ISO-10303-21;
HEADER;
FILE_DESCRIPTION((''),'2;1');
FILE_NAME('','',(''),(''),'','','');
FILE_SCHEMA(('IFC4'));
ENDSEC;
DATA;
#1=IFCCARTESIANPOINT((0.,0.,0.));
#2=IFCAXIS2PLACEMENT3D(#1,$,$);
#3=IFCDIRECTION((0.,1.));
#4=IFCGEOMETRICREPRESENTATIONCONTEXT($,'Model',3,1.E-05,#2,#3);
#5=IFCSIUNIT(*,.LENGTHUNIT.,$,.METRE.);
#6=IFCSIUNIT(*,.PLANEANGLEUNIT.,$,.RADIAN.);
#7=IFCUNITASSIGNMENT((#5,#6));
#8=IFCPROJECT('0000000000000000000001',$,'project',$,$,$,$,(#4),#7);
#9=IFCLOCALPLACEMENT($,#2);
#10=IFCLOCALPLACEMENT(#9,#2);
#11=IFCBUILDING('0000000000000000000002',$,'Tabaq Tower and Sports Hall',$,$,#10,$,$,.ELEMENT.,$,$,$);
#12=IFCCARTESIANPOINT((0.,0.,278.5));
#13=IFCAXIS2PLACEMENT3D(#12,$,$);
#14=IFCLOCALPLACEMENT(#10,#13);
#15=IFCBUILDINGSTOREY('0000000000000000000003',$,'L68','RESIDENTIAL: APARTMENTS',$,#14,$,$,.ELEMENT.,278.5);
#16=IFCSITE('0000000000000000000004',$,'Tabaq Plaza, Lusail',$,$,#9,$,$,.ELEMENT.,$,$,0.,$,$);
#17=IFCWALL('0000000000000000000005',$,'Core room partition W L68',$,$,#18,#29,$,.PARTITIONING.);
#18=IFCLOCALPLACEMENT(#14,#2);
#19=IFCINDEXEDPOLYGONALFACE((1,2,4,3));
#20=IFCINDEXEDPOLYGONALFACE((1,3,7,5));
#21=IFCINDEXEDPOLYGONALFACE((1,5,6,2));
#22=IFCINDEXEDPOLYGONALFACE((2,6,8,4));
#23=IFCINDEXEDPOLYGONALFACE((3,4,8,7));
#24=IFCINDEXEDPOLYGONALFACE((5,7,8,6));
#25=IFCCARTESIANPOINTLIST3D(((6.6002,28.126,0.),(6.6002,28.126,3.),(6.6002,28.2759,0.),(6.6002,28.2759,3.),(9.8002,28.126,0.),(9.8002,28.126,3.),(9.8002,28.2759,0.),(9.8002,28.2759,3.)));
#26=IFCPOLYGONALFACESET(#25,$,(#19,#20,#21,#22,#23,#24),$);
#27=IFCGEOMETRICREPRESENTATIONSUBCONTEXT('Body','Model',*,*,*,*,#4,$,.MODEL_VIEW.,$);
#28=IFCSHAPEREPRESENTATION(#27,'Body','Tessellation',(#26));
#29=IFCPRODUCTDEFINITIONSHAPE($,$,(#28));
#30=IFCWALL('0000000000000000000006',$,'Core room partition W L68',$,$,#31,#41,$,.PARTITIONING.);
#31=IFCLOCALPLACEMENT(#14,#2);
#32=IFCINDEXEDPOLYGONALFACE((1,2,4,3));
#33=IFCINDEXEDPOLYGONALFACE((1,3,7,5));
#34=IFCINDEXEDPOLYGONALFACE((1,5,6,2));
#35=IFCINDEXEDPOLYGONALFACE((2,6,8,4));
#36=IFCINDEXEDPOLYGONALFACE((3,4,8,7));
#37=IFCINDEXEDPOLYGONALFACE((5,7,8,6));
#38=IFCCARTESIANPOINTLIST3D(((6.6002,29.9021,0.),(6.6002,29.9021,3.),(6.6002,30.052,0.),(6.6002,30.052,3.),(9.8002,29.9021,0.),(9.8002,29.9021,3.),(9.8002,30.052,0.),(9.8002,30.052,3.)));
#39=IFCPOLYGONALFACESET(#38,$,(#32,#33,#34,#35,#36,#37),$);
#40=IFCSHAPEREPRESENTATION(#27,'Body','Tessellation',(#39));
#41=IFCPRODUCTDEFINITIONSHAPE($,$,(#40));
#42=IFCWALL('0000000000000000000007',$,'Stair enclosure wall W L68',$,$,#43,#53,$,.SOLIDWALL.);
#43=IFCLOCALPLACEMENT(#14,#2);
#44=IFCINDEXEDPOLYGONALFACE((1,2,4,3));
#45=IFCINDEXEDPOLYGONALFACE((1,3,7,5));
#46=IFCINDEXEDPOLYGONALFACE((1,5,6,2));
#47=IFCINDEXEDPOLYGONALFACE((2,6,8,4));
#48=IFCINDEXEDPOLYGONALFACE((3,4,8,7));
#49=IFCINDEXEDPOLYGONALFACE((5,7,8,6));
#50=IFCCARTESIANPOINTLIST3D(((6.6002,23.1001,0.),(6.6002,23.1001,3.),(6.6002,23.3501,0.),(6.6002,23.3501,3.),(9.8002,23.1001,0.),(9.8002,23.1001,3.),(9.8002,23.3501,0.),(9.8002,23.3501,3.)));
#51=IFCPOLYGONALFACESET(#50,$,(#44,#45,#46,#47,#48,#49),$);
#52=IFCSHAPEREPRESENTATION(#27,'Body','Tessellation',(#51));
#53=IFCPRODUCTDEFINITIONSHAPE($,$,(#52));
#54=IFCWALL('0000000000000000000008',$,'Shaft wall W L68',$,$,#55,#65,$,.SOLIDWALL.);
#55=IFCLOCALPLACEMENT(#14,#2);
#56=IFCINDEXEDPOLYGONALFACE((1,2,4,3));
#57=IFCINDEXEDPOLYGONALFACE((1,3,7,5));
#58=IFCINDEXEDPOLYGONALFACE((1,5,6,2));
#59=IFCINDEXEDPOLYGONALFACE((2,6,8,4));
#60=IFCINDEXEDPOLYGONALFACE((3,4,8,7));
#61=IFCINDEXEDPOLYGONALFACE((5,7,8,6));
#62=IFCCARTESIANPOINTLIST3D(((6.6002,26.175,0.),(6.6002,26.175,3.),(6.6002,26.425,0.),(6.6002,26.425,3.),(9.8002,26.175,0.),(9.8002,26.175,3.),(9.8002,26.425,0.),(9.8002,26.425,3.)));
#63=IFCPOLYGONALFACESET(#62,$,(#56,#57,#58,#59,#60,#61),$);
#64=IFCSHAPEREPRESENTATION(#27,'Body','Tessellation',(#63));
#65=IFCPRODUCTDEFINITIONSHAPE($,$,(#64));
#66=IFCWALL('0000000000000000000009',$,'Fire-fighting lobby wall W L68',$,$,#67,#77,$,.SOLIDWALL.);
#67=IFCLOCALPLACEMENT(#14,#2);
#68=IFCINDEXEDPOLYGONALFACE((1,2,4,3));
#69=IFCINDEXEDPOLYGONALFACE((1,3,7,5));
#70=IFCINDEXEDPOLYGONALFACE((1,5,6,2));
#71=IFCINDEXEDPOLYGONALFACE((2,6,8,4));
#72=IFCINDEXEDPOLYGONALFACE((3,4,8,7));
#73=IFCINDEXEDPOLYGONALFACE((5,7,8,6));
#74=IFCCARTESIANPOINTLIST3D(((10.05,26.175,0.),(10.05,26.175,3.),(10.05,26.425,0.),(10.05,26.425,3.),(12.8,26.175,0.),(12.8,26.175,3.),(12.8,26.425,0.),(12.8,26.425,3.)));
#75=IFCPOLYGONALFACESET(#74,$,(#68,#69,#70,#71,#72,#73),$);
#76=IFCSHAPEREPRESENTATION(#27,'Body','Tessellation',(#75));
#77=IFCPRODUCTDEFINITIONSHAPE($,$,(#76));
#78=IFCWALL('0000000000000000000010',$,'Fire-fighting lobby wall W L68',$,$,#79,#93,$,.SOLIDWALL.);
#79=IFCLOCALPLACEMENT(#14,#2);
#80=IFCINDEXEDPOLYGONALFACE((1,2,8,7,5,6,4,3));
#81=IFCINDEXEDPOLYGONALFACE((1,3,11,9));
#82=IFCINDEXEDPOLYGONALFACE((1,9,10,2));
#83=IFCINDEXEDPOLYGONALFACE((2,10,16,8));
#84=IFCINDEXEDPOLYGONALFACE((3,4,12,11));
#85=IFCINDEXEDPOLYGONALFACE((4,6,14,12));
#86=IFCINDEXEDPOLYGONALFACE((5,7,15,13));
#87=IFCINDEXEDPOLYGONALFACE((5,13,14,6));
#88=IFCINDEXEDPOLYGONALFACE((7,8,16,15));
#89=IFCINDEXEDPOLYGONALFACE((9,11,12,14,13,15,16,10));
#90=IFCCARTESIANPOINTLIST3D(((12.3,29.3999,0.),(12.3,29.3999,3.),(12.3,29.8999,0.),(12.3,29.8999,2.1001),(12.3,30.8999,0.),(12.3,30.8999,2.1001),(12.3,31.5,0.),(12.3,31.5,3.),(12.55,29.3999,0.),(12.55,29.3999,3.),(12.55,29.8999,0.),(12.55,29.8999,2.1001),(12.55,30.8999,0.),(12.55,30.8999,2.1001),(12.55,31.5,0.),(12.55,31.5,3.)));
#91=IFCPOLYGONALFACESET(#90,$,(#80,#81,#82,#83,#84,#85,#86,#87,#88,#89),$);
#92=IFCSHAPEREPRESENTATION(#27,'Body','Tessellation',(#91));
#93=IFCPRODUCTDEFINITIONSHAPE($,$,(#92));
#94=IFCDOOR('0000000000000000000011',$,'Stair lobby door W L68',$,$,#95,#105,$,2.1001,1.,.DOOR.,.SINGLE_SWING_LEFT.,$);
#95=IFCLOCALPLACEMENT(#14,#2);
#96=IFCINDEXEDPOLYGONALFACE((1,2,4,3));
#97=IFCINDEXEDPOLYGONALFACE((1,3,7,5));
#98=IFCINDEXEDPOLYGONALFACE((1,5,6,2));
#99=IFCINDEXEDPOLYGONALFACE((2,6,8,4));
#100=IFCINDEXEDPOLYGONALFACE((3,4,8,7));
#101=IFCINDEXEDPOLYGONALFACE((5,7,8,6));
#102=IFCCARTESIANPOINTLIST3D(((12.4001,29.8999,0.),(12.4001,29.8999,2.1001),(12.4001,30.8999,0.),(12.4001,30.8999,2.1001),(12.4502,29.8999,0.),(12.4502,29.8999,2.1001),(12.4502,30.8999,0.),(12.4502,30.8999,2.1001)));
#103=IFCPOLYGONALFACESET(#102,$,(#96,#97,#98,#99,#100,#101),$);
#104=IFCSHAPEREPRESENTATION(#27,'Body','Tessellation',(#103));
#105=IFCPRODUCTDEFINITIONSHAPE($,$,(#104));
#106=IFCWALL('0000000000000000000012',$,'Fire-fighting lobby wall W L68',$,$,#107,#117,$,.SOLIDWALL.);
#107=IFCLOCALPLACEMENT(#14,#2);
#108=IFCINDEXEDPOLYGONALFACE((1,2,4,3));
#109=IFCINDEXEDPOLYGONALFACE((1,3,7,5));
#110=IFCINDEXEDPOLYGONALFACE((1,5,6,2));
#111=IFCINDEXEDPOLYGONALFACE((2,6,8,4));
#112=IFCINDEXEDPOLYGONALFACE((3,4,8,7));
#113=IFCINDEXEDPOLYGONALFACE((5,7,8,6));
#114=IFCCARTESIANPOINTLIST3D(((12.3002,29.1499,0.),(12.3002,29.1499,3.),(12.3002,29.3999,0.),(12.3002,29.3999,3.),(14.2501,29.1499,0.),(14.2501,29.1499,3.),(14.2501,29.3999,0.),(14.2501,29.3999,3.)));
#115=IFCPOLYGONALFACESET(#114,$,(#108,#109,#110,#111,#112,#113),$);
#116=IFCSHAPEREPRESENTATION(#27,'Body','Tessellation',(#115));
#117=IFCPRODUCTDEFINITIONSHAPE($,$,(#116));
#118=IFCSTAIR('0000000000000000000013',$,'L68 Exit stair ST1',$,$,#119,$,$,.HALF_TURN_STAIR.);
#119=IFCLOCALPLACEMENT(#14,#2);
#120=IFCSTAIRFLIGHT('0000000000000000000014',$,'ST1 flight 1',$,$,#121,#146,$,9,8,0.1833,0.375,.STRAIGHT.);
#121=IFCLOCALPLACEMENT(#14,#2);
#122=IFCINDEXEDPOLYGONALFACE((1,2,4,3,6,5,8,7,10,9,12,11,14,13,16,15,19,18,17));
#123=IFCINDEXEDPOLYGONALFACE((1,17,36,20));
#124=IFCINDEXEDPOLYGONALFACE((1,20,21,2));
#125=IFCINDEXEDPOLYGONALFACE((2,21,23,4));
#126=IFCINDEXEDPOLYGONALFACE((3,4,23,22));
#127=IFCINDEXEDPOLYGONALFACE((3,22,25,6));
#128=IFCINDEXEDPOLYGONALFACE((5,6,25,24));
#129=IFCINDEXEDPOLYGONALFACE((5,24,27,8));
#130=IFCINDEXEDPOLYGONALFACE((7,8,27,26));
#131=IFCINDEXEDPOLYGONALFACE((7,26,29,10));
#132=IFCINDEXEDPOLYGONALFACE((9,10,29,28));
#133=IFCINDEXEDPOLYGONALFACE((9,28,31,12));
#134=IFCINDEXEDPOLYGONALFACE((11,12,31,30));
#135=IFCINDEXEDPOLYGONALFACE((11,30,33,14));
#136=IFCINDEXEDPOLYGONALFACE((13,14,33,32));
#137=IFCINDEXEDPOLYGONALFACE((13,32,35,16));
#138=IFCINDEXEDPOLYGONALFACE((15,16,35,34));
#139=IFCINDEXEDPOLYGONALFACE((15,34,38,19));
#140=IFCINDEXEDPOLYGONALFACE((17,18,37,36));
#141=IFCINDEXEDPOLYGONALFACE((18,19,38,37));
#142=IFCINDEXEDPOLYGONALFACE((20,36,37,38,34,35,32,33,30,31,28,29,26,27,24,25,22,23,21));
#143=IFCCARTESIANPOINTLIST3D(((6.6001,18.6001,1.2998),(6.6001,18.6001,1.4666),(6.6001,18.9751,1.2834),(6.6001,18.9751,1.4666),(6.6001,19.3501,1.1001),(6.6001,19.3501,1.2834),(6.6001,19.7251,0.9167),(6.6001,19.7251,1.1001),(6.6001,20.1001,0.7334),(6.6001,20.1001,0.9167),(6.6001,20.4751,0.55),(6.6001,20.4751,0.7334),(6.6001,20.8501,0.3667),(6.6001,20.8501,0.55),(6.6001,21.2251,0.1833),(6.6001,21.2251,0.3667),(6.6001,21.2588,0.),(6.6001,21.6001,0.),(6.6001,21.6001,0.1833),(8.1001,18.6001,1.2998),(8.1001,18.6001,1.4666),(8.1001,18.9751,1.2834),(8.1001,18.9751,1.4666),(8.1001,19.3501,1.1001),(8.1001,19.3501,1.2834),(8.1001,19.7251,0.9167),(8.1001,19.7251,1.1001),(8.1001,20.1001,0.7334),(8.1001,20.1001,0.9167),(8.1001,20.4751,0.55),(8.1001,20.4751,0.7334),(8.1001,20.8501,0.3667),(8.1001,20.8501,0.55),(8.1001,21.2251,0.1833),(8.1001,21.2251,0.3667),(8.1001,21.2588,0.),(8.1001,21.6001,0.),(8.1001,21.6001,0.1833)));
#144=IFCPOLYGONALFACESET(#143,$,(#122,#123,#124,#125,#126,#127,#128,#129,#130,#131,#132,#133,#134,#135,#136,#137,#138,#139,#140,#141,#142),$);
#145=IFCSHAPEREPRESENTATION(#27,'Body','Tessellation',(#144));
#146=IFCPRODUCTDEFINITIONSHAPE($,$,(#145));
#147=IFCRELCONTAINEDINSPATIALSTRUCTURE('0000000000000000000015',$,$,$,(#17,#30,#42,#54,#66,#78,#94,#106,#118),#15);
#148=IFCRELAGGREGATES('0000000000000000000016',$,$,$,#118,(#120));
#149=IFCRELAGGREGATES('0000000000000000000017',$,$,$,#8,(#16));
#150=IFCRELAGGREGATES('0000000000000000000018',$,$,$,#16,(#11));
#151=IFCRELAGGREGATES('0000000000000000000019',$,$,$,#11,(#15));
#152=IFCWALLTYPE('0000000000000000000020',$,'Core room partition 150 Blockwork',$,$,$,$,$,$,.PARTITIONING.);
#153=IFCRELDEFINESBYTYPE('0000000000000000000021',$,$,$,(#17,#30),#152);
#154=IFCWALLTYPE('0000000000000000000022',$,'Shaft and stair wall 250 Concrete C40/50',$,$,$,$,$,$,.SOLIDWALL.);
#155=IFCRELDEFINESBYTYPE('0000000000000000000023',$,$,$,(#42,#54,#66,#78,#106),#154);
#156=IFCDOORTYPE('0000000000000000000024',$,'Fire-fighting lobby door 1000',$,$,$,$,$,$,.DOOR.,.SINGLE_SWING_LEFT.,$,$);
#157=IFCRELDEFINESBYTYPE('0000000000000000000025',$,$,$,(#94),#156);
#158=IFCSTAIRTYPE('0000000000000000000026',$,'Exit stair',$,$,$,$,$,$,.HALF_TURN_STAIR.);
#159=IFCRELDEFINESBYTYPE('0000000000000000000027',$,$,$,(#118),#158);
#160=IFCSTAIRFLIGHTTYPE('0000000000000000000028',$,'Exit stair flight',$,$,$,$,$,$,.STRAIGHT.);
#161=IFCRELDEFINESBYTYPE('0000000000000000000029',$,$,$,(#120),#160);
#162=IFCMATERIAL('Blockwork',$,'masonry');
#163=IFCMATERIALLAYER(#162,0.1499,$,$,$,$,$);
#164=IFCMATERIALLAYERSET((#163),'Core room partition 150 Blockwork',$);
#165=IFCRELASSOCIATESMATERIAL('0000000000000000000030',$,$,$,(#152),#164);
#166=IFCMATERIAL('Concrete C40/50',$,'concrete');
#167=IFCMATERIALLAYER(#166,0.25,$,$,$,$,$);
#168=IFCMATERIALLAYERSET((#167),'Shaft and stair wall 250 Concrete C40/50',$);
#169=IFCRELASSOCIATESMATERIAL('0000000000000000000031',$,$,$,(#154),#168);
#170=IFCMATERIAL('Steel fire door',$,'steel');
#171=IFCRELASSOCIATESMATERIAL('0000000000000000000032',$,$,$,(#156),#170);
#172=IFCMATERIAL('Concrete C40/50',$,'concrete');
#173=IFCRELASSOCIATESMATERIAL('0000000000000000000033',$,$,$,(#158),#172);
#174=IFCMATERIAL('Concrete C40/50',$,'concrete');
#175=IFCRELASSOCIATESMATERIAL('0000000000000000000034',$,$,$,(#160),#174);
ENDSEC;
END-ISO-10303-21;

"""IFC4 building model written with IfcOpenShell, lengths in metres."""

from ifc_helpers import new_model, si_unit, direction, frame, frame_2d, origin, place, context, subcontext, project, spatial, polyline, rectangle, outline, extrude, material, layer, layer_set, type_object, element, fill, aggregate, save


model = new_model("IFC4")

# Units and contexts
model_context = context("Model", 3, precision=1e-05, world=origin(), true_north=direction((0.0, 1.0)))
body_context = subcontext(model_context, "Body", "Model", "MODEL_VIEW")
ifc_project = project(units=[si_unit("LENGTHUNIT", "METRE"), si_unit("PLANEANGLEUNIT", "RADIAN")], contexts=[model_context])

# Site, building, storey
site_placement = place(None, origin())
site = spatial("IfcSite", under=ifc_project, at=site_placement, Name="Tabaq Plaza, Lusail", CompositionType="ELEMENT", RefElevation=0.0)
building_placement = place(site_placement, origin())
building = spatial("IfcBuilding", under=site, at=building_placement, Name="Tabaq Tower and Sports Hall", CompositionType="ELEMENT")
storey_placement = place(building_placement, frame((0.0, 0.0, 278.5)))
storey = spatial("IfcBuildingStorey", under=building, at=storey_placement, Name="L68", Description="RESIDENTIAL: APARTMENTS", CompositionType="ELEMENT", Elevation=278.5)

# Walls
ifc_material_1 = material(Name="Blockwork", Category="masonry")
ifc_layer_1 = layer(ifc_material_1, 0.1499)
ifc_layer_set_1 = layer_set([ifc_layer_1], Name="Core room partition 150 Blockwork")
wall_type_1 = type_object("IfcWallType", Name="Core room partition 150 Blockwork", PredefinedType="PARTITIONING", material=ifc_layer_set_1)
for number, where, z_axis, x_axis, name in (
    (1, (6.6001, 28.2009, 0.0), (0.0, 0.0, 1.0), (1.0, 0.0, 0.0), "Core room partition W L68"),
    (2, (6.6001, 29.9771, 0.0), (0.0, 0.0, 1.0), (1.0, 0.0, 0.0), "Core room partition W L68"),
):
    element("IfcWall", number, at=place(storey_placement, frame(where, z_axis=z_axis, x_axis=x_axis)), inside=storey, type_object=wall_type_1, Name=name, PredefinedType="PARTITIONING", context=body_context, shape_type="SweptSolid", body=[
        extrude(rectangle(XDim=3.2, YDim=0.1499, at=frame_2d((1.6001, 0.0))), origin(), (0.0, 0.0, 1.0), 3.0),
    ])

# Walls
ifc_material_2 = material(Name="Concrete C40/50", Category="concrete")
ifc_layer_2 = layer(ifc_material_2, 0.25)
ifc_layer_set_2 = layer_set([ifc_layer_2], Name="Shaft and stair wall 250 Concrete C40/50")
wall_type_2 = type_object("IfcWallType", Name="Shaft and stair wall 250 Concrete C40/50", PredefinedType="SOLIDWALL", material=ifc_layer_set_2)
for number, where, z_axis, x_axis, name in (
    (3, (6.6001, 23.2251, 0.0), (0.0, 0.0, 1.0), (1.0, 0.0, 0.0), "Stair enclosure wall W L68"),
    (4, (6.6001, 26.3, 0.0), (0.0, 0.0, 1.0), (1.0, 0.0, 0.0), "Shaft wall W L68"),
):
    element("IfcWall", number, at=place(storey_placement, frame(where, z_axis=z_axis, x_axis=x_axis)), inside=storey, type_object=wall_type_2, Name=name, PredefinedType="SOLIDWALL", context=body_context, shape_type="SweptSolid", body=[
        extrude(rectangle(XDim=3.2, YDim=0.25, at=frame_2d((1.6001, 0.0))), origin(), (0.0, 0.0, 1.0), 3.0),
    ])
wall_1_placement = place(storey_placement, frame((10.05, 26.3, 0.0), z_axis=(0.0, 0.0, 1.0), x_axis=(1.0, 0.0, 0.0)))
element("IfcWall", 5, at=wall_1_placement, inside=storey, type_object=wall_type_2, Name="Fire-fighting lobby wall W L68", PredefinedType="SOLIDWALL", context=body_context, shape_type="SweptSolid", body=[
    extrude(rectangle(XDim=2.75, YDim=0.25, at=frame_2d((1.375, 0.0))), origin(), (0.0, 0.0, 1.0), 3.0),
])

# Wall, opening, door
wall_2_placement = place(storey_placement, frame((12.425, 29.3999, 0.0), z_axis=(0.0, 0.0, 1.0), x_axis=(0.0, 1.0, 0.0)))
wall_2 = element("IfcWall", 6, at=wall_2_placement, inside=storey, type_object=wall_type_2, Name="Fire-fighting lobby wall W L68", PredefinedType="SOLIDWALL", context=body_context, shape_type="SweptSolid", body=[
    extrude(rectangle(XDim=2.1001, YDim=0.25, at=frame_2d((1.05, 0.0))), origin(), (0.0, 0.0, 1.0), 3.0),
])
opening_1_placement = place(wall_2_placement, frame((0.5, 0.0, 0.0)))
opening_1 = element("IfcOpeningElement", 7, at=opening_1_placement, cuts=wall_2, PredefinedType="OPENING", context=body_context, shape_type="SweptSolid", body=[
    extrude(rectangle(XDim=1.0, YDim=2.1001, at=frame_2d((0.5, 1.05))), frame((0.0, 0.125, 0.0), z_axis=(0.0, -1.0, 0.0), x_axis=(1.0, 0.0, 0.0)), (0.0, 0.0, 1.0), 0.25),
])
ifc_material_3 = material(Name="Steel fire door", Category="steel")
door_type_1 = type_object("IfcDoorType", Name="Fire-fighting lobby door 1000", OperationType="SINGLE_SWING_LEFT", PredefinedType="DOOR", material=ifc_material_3)
door_1_placement = place(opening_1_placement, origin())
door_1 = element("IfcDoor", 8, at=door_1_placement, inside=storey, type_object=door_type_1, Name="Stair lobby door W L68", OperationType="SINGLE_SWING_LEFT", OverallHeight=2.1001, OverallWidth=1.0, PredefinedType="DOOR", context=body_context, shape_type="SweptSolid", body=[
    extrude(rectangle(XDim=1.0, YDim=2.1001, at=frame_2d((0.5, 1.05))), frame((0.0, 0.0249, 0.0), z_axis=(0.0, -1.0, 0.0), x_axis=(1.0, 0.0, 0.0)), (0.0, 0.0, 1.0), 0.05),
])
fill(opening_1, door_1)

# Wall
wall_3_placement = place(storey_placement, frame((12.3, 29.2749, 0.0), z_axis=(0.0, 0.0, 1.0), x_axis=(1.0, 0.0, 0.0)))
element("IfcWall", 9, at=wall_3_placement, inside=storey, type_object=wall_type_2, Name="Fire-fighting lobby wall W L68", PredefinedType="SOLIDWALL", context=body_context, shape_type="SweptSolid", body=[
    extrude(rectangle(XDim=1.95, YDim=0.25, at=frame_2d((0.9751, 0.0))), origin(), (0.0, 0.0, 1.0), 3.0),
])

# Stair, stair flight
ifc_material_4 = material(Name="Concrete C40/50", Category="concrete")
stair_type = type_object("IfcStairType", Name="Exit stair", PredefinedType="HALF_TURN_STAIR", material=ifc_material_4)
stair_placement = place(storey_placement, origin())
stair = element("IfcStair", 10, at=stair_placement, inside=storey, type_object=stair_type, Name="L68 Exit stair ST1", PredefinedType="HALF_TURN_STAIR")
ifc_material_5 = material(Name="Concrete C40/50", Category="concrete")
stair_flight_type = type_object("IfcStairFlightType", Name="Exit stair flight", PredefinedType="STRAIGHT", material=ifc_material_5)
stair_flight_placement = place(storey_placement, frame((7.3501, 21.6001, 0.0), z_axis=(0.0, 0.0, 1.0), x_axis=(0.0, -1.0, 0.0)))
stair_flight = element("IfcStairFlight", 11, at=stair_flight_placement, type_object=stair_flight_type, Name="ST1 flight 1", NumberOfRisers=9, NumberOfTreads=8, PredefinedType="STRAIGHT", RiserHeight=0.1833, TreadLength=0.375, context=body_context, shape_type="SweptSolid", body=[
    extrude(outline(polyline([(0.0, 0.0), (0.0, 0.1833), (0.375, 0.1833), (0.375, 0.3667), (0.75, 0.3667), (0.75, 0.55), (1.125, 0.55), (1.125, 0.7334), (1.5, 0.7334), (1.5, 0.9167), (1.875, 0.9167), (1.875, 1.1001), (2.25, 1.1001), (2.25, 1.2834), (2.625, 1.2834), (2.625, 1.4666), (3.0, 1.4666), (3.0, 1.6499), (3.0, 1.2998), (0.3413, 0.0), (0.0, 0.0)])), frame((0.0, 0.75, 0.0), z_axis=(0.0, -1.0, 0.0), x_axis=(1.0, 0.0, 0.0)), (0.0, 0.0, 1.0), 1.5),
])
aggregate(stair, [stair_flight])

save(model, "model.ifc")
